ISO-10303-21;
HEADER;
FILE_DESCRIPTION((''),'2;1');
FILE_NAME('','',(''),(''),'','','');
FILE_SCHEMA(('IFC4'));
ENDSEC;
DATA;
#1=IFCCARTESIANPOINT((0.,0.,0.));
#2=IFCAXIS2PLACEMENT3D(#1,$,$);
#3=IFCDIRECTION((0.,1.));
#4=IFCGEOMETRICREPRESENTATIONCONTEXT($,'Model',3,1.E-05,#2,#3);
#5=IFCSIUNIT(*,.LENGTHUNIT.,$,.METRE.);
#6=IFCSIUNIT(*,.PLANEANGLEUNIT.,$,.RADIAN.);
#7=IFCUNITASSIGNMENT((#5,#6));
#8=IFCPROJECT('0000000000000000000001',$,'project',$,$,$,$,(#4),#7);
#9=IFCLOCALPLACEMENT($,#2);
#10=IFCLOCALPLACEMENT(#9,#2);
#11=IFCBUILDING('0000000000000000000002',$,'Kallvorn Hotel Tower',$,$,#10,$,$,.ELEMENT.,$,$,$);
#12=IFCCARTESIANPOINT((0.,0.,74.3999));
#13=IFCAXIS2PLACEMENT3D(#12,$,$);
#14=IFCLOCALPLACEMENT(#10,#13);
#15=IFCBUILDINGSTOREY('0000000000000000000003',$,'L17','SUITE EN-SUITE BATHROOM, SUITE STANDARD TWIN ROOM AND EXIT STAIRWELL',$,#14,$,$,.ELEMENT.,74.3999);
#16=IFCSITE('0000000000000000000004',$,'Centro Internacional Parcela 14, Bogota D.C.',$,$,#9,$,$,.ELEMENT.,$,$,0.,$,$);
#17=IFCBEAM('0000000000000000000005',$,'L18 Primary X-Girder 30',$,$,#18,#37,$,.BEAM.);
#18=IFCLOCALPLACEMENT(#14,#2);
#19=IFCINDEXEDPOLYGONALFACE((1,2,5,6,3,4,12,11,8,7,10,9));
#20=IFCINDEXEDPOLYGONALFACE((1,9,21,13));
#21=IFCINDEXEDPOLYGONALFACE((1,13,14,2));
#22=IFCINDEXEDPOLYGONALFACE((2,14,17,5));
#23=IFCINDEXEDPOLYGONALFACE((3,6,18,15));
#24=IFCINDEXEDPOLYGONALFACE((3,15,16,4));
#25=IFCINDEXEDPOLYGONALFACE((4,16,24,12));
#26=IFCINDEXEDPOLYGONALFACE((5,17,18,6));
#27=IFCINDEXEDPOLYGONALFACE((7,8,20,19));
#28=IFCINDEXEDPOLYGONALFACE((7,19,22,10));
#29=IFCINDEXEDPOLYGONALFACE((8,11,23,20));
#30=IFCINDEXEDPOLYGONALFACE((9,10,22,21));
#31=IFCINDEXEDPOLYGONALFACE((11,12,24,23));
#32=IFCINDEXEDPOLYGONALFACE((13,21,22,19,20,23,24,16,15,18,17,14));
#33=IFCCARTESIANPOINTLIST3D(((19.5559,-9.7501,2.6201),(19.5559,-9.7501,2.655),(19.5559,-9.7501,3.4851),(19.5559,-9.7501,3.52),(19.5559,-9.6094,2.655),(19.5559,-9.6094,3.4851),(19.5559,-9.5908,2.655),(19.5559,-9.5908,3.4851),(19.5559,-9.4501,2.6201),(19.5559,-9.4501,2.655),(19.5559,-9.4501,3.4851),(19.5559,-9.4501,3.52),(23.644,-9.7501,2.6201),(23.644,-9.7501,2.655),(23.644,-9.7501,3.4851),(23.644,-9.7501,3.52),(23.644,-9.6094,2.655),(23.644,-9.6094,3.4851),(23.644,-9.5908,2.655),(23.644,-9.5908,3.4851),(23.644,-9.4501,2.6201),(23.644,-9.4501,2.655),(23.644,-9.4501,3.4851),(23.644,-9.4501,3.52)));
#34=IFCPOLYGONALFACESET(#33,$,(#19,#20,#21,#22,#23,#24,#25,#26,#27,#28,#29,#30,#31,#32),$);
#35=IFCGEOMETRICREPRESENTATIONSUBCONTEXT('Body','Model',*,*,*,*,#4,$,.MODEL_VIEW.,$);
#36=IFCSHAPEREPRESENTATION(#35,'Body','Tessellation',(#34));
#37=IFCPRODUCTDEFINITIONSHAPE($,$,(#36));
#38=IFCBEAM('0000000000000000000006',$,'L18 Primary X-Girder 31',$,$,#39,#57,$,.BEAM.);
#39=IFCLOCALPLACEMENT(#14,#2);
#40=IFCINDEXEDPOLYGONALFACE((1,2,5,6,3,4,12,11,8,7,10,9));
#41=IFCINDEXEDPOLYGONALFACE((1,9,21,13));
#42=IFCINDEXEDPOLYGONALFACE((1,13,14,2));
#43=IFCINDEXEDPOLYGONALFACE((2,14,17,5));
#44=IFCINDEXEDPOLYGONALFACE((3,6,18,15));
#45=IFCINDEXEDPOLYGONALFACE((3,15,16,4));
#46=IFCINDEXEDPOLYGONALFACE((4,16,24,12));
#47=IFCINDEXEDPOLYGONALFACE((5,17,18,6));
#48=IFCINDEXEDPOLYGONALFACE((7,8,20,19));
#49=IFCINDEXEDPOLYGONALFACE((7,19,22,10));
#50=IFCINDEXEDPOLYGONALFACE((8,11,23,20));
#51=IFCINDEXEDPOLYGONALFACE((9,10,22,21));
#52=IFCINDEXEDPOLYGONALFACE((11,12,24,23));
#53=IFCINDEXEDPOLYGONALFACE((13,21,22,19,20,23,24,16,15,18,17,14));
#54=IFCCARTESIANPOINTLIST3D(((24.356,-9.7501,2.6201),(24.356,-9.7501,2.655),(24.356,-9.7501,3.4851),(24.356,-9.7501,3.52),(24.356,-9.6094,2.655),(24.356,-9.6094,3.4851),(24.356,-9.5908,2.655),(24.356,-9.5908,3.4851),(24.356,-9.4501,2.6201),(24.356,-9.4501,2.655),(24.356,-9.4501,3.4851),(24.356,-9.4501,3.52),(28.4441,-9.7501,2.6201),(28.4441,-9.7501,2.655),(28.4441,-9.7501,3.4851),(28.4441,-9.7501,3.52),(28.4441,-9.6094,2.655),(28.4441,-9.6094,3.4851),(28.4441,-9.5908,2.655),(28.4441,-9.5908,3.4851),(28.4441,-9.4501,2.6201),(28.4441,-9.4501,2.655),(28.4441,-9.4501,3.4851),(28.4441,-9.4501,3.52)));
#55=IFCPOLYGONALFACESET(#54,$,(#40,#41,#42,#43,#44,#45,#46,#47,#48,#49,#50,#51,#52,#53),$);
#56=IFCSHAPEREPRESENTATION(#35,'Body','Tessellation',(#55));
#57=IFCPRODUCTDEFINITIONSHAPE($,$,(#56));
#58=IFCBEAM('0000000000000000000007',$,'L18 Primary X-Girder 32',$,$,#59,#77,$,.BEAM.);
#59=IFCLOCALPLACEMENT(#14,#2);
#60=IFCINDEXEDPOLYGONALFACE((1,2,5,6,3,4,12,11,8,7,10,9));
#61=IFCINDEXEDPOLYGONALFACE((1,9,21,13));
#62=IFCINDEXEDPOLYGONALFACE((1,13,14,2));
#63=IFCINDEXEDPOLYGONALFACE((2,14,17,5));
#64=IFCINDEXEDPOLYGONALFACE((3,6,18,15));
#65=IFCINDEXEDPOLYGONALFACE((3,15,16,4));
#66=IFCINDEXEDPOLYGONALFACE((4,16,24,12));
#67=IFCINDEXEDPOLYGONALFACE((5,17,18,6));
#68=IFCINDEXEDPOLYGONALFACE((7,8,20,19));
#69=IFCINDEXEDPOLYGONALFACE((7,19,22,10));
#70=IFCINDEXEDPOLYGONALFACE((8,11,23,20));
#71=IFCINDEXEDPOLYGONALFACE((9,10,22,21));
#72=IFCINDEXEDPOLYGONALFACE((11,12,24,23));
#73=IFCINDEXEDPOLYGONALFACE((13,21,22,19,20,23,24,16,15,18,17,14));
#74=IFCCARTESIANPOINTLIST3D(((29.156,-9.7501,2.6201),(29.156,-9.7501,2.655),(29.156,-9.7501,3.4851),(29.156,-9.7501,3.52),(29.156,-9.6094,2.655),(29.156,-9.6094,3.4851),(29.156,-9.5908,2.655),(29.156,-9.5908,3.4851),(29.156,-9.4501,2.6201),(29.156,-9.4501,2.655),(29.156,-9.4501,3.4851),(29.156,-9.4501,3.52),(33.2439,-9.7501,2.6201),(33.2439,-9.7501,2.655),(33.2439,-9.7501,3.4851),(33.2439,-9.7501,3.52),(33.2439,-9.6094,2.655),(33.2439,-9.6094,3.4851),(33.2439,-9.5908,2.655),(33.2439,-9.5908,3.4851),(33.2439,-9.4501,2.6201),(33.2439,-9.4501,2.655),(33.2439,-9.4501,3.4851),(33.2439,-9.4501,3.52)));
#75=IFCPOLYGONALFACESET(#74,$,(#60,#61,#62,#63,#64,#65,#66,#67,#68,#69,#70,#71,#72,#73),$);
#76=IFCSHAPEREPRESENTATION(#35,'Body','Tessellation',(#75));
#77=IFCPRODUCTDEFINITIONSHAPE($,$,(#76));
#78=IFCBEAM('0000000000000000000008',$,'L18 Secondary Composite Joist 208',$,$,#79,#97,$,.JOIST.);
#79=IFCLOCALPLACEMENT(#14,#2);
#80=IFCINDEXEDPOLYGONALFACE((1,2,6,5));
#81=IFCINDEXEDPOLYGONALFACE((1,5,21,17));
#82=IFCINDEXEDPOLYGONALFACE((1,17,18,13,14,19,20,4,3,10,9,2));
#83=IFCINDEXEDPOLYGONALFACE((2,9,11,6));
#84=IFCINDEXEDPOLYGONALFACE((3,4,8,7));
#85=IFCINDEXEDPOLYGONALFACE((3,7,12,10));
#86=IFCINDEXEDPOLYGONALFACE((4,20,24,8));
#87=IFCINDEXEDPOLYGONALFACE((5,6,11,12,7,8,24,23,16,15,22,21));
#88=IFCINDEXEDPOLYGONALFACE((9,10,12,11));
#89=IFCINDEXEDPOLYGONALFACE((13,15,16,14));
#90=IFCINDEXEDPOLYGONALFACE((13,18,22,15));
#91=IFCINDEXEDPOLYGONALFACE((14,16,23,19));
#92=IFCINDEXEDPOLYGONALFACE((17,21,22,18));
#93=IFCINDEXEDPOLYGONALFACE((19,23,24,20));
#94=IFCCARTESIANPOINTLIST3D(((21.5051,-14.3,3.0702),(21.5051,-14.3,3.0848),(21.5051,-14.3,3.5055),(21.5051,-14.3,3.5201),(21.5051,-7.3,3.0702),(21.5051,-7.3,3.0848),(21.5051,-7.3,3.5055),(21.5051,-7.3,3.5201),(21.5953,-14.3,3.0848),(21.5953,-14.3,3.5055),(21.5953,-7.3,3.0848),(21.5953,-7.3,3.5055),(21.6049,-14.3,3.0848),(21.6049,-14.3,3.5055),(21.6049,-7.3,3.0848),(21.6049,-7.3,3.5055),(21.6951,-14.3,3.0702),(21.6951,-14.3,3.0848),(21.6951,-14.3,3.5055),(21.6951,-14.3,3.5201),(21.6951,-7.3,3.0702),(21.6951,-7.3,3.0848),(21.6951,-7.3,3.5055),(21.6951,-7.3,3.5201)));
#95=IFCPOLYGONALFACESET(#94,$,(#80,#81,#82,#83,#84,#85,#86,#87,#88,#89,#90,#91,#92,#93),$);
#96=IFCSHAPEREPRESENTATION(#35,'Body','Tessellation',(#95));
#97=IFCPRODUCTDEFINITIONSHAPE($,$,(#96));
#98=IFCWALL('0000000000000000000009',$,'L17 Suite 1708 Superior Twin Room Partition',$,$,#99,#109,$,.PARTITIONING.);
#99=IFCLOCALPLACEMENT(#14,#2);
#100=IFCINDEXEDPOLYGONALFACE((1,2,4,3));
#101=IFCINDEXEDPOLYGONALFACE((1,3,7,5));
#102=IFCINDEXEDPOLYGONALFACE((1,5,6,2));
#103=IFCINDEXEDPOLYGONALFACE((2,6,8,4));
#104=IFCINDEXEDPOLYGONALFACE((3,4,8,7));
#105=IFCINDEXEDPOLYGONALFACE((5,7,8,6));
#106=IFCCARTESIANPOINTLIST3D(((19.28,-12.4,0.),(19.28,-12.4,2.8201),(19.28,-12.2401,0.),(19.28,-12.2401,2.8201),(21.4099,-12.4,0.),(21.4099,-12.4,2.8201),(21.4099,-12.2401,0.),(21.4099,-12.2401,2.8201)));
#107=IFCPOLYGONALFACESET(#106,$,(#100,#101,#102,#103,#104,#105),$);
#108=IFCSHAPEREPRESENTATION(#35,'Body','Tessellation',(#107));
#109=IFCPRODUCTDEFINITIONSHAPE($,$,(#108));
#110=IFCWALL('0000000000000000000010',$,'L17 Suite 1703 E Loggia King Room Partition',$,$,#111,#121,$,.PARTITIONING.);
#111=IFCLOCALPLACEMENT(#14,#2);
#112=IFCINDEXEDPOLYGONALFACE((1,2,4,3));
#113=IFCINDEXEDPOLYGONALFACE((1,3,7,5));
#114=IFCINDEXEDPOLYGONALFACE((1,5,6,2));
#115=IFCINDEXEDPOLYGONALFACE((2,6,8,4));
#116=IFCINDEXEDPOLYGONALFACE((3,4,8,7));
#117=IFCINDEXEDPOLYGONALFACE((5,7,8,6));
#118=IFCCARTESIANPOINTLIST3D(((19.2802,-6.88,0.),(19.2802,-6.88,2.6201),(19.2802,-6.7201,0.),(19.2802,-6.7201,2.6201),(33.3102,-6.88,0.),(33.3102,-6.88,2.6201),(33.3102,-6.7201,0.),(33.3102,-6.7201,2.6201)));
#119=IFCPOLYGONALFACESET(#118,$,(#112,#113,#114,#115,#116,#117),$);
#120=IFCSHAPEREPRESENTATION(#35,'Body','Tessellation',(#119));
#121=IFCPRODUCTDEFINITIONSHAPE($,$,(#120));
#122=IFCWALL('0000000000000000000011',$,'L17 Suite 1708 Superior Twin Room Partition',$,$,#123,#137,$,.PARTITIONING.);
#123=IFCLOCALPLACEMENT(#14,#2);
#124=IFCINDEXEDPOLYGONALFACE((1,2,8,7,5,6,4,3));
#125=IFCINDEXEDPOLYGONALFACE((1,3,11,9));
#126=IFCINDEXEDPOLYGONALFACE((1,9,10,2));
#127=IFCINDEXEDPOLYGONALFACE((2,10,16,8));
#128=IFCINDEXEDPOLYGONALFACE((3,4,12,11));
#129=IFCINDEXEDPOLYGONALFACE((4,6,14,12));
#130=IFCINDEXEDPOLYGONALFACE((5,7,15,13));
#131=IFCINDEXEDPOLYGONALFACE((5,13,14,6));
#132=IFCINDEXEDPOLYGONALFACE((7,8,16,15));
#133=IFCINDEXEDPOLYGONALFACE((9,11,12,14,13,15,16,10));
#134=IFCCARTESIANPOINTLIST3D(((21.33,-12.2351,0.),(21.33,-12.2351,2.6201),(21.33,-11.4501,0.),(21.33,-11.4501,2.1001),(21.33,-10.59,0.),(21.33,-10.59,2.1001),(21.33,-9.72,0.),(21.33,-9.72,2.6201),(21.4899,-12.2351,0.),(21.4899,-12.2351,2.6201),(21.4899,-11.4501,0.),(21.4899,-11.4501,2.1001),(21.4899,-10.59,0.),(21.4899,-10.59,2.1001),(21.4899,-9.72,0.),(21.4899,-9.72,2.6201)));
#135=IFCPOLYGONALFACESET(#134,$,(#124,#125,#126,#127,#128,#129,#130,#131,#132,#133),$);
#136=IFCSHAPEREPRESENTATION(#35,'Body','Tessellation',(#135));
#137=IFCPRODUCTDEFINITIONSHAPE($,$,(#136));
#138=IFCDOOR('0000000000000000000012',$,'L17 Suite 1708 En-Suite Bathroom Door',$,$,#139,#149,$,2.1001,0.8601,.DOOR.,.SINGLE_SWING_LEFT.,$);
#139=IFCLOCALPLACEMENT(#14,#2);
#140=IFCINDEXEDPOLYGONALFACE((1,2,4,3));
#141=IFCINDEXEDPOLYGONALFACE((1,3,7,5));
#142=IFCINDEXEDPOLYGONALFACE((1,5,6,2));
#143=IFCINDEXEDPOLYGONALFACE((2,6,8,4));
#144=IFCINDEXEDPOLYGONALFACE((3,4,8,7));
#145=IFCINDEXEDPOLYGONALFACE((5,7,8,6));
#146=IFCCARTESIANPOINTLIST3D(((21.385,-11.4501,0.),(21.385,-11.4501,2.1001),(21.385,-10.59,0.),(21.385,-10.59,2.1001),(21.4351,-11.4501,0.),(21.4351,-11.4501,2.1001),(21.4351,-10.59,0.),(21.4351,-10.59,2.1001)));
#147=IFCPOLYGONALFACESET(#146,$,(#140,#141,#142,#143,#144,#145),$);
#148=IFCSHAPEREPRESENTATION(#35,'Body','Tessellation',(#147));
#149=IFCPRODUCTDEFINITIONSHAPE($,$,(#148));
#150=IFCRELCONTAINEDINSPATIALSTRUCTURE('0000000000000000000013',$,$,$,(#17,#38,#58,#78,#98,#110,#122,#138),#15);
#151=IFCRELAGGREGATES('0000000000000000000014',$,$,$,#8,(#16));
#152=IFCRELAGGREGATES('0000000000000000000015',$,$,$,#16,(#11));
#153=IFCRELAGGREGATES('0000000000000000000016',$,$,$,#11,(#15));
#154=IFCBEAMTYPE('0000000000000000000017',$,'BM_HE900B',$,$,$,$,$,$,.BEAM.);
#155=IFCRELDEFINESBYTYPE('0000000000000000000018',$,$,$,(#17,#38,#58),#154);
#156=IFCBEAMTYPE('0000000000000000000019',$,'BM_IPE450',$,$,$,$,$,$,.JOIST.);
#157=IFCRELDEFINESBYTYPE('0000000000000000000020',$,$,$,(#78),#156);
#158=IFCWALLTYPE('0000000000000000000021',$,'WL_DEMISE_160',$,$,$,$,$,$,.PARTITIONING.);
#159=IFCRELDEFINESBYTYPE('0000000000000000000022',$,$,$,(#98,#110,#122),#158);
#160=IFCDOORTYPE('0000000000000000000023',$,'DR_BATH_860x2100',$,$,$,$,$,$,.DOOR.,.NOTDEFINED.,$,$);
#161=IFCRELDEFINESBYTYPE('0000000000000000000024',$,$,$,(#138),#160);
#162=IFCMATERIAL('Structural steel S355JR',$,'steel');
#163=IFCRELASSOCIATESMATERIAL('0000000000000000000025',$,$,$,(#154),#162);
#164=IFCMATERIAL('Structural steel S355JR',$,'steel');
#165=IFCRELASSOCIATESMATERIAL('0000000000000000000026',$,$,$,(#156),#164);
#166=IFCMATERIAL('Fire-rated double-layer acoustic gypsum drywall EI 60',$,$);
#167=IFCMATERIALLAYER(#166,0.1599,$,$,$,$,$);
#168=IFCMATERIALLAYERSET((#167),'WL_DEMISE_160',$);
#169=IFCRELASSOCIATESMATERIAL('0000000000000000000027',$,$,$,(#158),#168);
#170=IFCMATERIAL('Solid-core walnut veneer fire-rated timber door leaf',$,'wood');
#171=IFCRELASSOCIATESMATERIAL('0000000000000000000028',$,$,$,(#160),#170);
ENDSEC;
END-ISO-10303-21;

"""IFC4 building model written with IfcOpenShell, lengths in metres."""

from ifc_helpers import new_model, si_unit, direction, frame, frame_2d, origin, origin_2d, place, context, subcontext, project, spatial, rectangle, i_section, extrude, material, layer, layer_set, material_profile, profile_set, type_object, element, fill, save


model = new_model("IFC4")

# Units and contexts
model_context = context("Model", 3, precision=1e-05, world=origin(), true_north=direction((0.0, 1.0)))
body_context = subcontext(model_context, "Body", "Model", "MODEL_VIEW")
ifc_project = project(units=[si_unit("LENGTHUNIT", "METRE"), si_unit("PLANEANGLEUNIT", "RADIAN")], contexts=[model_context])

# Site, building, storey
site_placement = place(None, origin())
site = spatial("IfcSite", under=ifc_project, at=site_placement, Name="Centro Internacional Parcela 14, Bogota D.C.", CompositionType="ELEMENT", RefElevation=0.0)
building_placement = place(site_placement, origin())
building = spatial("IfcBuilding", under=site, at=building_placement, Name="Kallvorn Hotel Tower", CompositionType="ELEMENT")
storey_placement = place(building_placement, frame((0.0, 0.0, 74.3999)))
storey = spatial("IfcBuildingStorey", under=building, at=storey_placement, Name="L17", Description="SUITE EN-SUITE BATHROOM, SUITE STANDARD TWIN ROOM AND EXIT STAIRWELL", CompositionType="ELEMENT", Elevation=74.3999)

# Beams
ifc_material_1 = material(Name="Structural steel S355JR", Category="steel")
ifc_material_profile_1 = material_profile(ifc_material_1, i_section(OverallWidth=0.3, OverallDepth=0.8999, WebThickness=0.0186, FlangeThickness=0.0349, at=origin_2d()), Name="HE 900 B")
ifc_profile_set_1 = profile_set([ifc_material_profile_1], Name="Structural steel S355JR")
beam_type_1 = type_object("IfcBeamType", Name="BM_HE900B", PredefinedType="BEAM", material=ifc_profile_set_1)
for number, where, z_axis, x_axis, name in (
    (1, (19.5559, -9.6001, 3.0701), (1.0, 0.0, 0.0), (0.0, 1.0, 0.0), "L18 Primary X-Girder 30"),
    (2, (24.356, -9.6001, 3.0701), (1.0, 0.0, 0.0), (0.0, 1.0, 0.0), "L18 Primary X-Girder 31"),
):
    element("IfcBeam", number, at=place(storey_placement, frame(where, z_axis=z_axis, x_axis=x_axis)), inside=storey, type_object=beam_type_1, Name=name, PredefinedType="BEAM", context=body_context, shape_type="SweptSolid", body=[
        extrude(i_section(OverallWidth=0.3, OverallDepth=0.8999, WebThickness=0.0186, FlangeThickness=0.0349, at=origin_2d()), origin(), (0.0, 0.0, 1.0), 4.0881),
    ])
beam_1_placement = place(storey_placement, frame((29.156, -9.6001, 3.0701), z_axis=(1.0, 0.0, 0.0), x_axis=(0.0, 1.0, 0.0)))
element("IfcBeam", 3, at=beam_1_placement, inside=storey, type_object=beam_type_1, Name="L18 Primary X-Girder 32", PredefinedType="BEAM", context=body_context, shape_type="SweptSolid", body=[
    extrude(i_section(OverallWidth=0.3, OverallDepth=0.8999, WebThickness=0.0186, FlangeThickness=0.0349, at=origin_2d()), origin(), (0.0, 0.0, 1.0), 4.0879),
])
ifc_material_2 = material(Name="Structural steel S355JR", Category="steel")
ifc_material_profile_2 = material_profile(ifc_material_2, i_section(OverallWidth=0.1899, OverallDepth=0.45, WebThickness=0.0095, FlangeThickness=0.0146, at=origin_2d()), Name="IPE 450")
ifc_profile_set_2 = profile_set([ifc_material_profile_2], Name="Structural steel S355JR")
beam_type_2 = type_object("IfcBeamType", Name="BM_IPE450", PredefinedType="JOIST", material=ifc_profile_set_2)
beam_2_placement = place(storey_placement, frame((21.6001, -14.3, 3.2952), z_axis=(0.0, 1.0, 0.0), x_axis=(-1.0, 0.0, 0.0)))
element("IfcBeam", 4, at=beam_2_placement, inside=storey, type_object=beam_type_2, Name="L18 Secondary Composite Joist 208", PredefinedType="JOIST", context=body_context, shape_type="SweptSolid", body=[
    extrude(i_section(OverallWidth=0.1899, OverallDepth=0.45, WebThickness=0.0095, FlangeThickness=0.0146, at=origin_2d()), origin(), (0.0, 0.0, 1.0), 7.0),
])

# Walls
ifc_material_3 = material(Name="Fire-rated double-layer acoustic gypsum drywall EI 60")
ifc_layer_1 = layer(ifc_material_3, 0.1599)
ifc_layer_set_1 = layer_set([ifc_layer_1], Name="WL_DEMISE_160")
wall_type_1 = type_object("IfcWallType", Name="WL_DEMISE_160", PredefinedType="PARTITIONING", material=ifc_layer_set_1)
wall_1_placement = place(storey_placement, frame((19.28, -12.3201, 0.0), z_axis=(0.0, 0.0, 1.0), x_axis=(1.0, 0.0, 0.0)))
element("IfcWall", 5, at=wall_1_placement, inside=storey, type_object=wall_type_1, Name="L17 Suite 1708 Superior Twin Room Partition", PredefinedType="PARTITIONING", context=body_context, shape_type="SweptSolid", body=[
    extrude(rectangle(XDim=2.1299, YDim=0.1599, at=frame_2d((1.0649, 0.0))), origin(), (0.0, 0.0, 1.0), 2.8201),
])
wall_2_placement = place(storey_placement, frame((19.28, -6.8, 0.0), z_axis=(0.0, 0.0, 1.0), x_axis=(1.0, 0.0, 0.0)))
element("IfcWall", 6, at=wall_2_placement, inside=storey, type_object=wall_type_1, Name="L17 Suite 1703 E Loggia King Room Partition", PredefinedType="PARTITIONING", context=body_context, shape_type="SweptSolid", body=[
    extrude(rectangle(XDim=14.03, YDim=0.1599, at=frame_2d((7.0151, 0.0))), origin(), (0.0, 0.0, 1.0), 2.6201),
])

# Wall, opening, door
wall_3_placement = place(storey_placement, frame((21.4099, -12.2351, 0.0), z_axis=(0.0, 0.0, 1.0), x_axis=(0.0, 1.0, 0.0)))
wall_3 = element("IfcWall", 7, at=wall_3_placement, inside=storey, type_object=wall_type_1, Name="L17 Suite 1708 Superior Twin Room Partition", PredefinedType="PARTITIONING", context=body_context, shape_type="SweptSolid", body=[
    extrude(rectangle(XDim=2.5151, YDim=0.1599, at=frame_2d((1.2576, 0.0))), origin(), (0.0, 0.0, 1.0), 2.6201),
])
opening_1_placement = place(wall_3_placement, frame((0.7849, 0.0, 0.0)))
opening_1 = element("IfcOpeningElement", 8, at=opening_1_placement, cuts=wall_3, PredefinedType="OPENING", context=body_context, shape_type="SweptSolid", body=[
    extrude(rectangle(XDim=0.8601, YDim=2.1001, at=frame_2d((0.4302, 1.05))), frame((0.0, 0.095, 0.0), z_axis=(0.0, -1.0, 0.0), x_axis=(1.0, 0.0, 0.0)), (0.0, 0.0, 1.0), 0.1899),
])
ifc_material_4 = material(Name="Solid-core walnut veneer fire-rated timber door leaf", Category="wood")
door_type_1 = type_object("IfcDoorType", Name="DR_BATH_860x2100", OperationType="NOTDEFINED", PredefinedType="DOOR", material=ifc_material_4)
door_1_placement = place(opening_1_placement, origin())
door_1 = element("IfcDoor", 9, at=door_1_placement, inside=storey, type_object=door_type_1, Name="L17 Suite 1708 En-Suite Bathroom Door", OperationType="SINGLE_SWING_LEFT", OverallHeight=2.1001, OverallWidth=0.8601, PredefinedType="DOOR", context=body_context, shape_type="SweptSolid", body=[
    extrude(rectangle(XDim=0.8601, YDim=2.1001, at=frame_2d((0.4302, 1.05))), frame((0.0, 0.0249, 0.0), z_axis=(0.0, -1.0, 0.0), x_axis=(1.0, 0.0, 0.0)), (0.0, 0.0, 1.0), 0.05),
])
fill(opening_1, door_1)

save(model, "model.ifc")
